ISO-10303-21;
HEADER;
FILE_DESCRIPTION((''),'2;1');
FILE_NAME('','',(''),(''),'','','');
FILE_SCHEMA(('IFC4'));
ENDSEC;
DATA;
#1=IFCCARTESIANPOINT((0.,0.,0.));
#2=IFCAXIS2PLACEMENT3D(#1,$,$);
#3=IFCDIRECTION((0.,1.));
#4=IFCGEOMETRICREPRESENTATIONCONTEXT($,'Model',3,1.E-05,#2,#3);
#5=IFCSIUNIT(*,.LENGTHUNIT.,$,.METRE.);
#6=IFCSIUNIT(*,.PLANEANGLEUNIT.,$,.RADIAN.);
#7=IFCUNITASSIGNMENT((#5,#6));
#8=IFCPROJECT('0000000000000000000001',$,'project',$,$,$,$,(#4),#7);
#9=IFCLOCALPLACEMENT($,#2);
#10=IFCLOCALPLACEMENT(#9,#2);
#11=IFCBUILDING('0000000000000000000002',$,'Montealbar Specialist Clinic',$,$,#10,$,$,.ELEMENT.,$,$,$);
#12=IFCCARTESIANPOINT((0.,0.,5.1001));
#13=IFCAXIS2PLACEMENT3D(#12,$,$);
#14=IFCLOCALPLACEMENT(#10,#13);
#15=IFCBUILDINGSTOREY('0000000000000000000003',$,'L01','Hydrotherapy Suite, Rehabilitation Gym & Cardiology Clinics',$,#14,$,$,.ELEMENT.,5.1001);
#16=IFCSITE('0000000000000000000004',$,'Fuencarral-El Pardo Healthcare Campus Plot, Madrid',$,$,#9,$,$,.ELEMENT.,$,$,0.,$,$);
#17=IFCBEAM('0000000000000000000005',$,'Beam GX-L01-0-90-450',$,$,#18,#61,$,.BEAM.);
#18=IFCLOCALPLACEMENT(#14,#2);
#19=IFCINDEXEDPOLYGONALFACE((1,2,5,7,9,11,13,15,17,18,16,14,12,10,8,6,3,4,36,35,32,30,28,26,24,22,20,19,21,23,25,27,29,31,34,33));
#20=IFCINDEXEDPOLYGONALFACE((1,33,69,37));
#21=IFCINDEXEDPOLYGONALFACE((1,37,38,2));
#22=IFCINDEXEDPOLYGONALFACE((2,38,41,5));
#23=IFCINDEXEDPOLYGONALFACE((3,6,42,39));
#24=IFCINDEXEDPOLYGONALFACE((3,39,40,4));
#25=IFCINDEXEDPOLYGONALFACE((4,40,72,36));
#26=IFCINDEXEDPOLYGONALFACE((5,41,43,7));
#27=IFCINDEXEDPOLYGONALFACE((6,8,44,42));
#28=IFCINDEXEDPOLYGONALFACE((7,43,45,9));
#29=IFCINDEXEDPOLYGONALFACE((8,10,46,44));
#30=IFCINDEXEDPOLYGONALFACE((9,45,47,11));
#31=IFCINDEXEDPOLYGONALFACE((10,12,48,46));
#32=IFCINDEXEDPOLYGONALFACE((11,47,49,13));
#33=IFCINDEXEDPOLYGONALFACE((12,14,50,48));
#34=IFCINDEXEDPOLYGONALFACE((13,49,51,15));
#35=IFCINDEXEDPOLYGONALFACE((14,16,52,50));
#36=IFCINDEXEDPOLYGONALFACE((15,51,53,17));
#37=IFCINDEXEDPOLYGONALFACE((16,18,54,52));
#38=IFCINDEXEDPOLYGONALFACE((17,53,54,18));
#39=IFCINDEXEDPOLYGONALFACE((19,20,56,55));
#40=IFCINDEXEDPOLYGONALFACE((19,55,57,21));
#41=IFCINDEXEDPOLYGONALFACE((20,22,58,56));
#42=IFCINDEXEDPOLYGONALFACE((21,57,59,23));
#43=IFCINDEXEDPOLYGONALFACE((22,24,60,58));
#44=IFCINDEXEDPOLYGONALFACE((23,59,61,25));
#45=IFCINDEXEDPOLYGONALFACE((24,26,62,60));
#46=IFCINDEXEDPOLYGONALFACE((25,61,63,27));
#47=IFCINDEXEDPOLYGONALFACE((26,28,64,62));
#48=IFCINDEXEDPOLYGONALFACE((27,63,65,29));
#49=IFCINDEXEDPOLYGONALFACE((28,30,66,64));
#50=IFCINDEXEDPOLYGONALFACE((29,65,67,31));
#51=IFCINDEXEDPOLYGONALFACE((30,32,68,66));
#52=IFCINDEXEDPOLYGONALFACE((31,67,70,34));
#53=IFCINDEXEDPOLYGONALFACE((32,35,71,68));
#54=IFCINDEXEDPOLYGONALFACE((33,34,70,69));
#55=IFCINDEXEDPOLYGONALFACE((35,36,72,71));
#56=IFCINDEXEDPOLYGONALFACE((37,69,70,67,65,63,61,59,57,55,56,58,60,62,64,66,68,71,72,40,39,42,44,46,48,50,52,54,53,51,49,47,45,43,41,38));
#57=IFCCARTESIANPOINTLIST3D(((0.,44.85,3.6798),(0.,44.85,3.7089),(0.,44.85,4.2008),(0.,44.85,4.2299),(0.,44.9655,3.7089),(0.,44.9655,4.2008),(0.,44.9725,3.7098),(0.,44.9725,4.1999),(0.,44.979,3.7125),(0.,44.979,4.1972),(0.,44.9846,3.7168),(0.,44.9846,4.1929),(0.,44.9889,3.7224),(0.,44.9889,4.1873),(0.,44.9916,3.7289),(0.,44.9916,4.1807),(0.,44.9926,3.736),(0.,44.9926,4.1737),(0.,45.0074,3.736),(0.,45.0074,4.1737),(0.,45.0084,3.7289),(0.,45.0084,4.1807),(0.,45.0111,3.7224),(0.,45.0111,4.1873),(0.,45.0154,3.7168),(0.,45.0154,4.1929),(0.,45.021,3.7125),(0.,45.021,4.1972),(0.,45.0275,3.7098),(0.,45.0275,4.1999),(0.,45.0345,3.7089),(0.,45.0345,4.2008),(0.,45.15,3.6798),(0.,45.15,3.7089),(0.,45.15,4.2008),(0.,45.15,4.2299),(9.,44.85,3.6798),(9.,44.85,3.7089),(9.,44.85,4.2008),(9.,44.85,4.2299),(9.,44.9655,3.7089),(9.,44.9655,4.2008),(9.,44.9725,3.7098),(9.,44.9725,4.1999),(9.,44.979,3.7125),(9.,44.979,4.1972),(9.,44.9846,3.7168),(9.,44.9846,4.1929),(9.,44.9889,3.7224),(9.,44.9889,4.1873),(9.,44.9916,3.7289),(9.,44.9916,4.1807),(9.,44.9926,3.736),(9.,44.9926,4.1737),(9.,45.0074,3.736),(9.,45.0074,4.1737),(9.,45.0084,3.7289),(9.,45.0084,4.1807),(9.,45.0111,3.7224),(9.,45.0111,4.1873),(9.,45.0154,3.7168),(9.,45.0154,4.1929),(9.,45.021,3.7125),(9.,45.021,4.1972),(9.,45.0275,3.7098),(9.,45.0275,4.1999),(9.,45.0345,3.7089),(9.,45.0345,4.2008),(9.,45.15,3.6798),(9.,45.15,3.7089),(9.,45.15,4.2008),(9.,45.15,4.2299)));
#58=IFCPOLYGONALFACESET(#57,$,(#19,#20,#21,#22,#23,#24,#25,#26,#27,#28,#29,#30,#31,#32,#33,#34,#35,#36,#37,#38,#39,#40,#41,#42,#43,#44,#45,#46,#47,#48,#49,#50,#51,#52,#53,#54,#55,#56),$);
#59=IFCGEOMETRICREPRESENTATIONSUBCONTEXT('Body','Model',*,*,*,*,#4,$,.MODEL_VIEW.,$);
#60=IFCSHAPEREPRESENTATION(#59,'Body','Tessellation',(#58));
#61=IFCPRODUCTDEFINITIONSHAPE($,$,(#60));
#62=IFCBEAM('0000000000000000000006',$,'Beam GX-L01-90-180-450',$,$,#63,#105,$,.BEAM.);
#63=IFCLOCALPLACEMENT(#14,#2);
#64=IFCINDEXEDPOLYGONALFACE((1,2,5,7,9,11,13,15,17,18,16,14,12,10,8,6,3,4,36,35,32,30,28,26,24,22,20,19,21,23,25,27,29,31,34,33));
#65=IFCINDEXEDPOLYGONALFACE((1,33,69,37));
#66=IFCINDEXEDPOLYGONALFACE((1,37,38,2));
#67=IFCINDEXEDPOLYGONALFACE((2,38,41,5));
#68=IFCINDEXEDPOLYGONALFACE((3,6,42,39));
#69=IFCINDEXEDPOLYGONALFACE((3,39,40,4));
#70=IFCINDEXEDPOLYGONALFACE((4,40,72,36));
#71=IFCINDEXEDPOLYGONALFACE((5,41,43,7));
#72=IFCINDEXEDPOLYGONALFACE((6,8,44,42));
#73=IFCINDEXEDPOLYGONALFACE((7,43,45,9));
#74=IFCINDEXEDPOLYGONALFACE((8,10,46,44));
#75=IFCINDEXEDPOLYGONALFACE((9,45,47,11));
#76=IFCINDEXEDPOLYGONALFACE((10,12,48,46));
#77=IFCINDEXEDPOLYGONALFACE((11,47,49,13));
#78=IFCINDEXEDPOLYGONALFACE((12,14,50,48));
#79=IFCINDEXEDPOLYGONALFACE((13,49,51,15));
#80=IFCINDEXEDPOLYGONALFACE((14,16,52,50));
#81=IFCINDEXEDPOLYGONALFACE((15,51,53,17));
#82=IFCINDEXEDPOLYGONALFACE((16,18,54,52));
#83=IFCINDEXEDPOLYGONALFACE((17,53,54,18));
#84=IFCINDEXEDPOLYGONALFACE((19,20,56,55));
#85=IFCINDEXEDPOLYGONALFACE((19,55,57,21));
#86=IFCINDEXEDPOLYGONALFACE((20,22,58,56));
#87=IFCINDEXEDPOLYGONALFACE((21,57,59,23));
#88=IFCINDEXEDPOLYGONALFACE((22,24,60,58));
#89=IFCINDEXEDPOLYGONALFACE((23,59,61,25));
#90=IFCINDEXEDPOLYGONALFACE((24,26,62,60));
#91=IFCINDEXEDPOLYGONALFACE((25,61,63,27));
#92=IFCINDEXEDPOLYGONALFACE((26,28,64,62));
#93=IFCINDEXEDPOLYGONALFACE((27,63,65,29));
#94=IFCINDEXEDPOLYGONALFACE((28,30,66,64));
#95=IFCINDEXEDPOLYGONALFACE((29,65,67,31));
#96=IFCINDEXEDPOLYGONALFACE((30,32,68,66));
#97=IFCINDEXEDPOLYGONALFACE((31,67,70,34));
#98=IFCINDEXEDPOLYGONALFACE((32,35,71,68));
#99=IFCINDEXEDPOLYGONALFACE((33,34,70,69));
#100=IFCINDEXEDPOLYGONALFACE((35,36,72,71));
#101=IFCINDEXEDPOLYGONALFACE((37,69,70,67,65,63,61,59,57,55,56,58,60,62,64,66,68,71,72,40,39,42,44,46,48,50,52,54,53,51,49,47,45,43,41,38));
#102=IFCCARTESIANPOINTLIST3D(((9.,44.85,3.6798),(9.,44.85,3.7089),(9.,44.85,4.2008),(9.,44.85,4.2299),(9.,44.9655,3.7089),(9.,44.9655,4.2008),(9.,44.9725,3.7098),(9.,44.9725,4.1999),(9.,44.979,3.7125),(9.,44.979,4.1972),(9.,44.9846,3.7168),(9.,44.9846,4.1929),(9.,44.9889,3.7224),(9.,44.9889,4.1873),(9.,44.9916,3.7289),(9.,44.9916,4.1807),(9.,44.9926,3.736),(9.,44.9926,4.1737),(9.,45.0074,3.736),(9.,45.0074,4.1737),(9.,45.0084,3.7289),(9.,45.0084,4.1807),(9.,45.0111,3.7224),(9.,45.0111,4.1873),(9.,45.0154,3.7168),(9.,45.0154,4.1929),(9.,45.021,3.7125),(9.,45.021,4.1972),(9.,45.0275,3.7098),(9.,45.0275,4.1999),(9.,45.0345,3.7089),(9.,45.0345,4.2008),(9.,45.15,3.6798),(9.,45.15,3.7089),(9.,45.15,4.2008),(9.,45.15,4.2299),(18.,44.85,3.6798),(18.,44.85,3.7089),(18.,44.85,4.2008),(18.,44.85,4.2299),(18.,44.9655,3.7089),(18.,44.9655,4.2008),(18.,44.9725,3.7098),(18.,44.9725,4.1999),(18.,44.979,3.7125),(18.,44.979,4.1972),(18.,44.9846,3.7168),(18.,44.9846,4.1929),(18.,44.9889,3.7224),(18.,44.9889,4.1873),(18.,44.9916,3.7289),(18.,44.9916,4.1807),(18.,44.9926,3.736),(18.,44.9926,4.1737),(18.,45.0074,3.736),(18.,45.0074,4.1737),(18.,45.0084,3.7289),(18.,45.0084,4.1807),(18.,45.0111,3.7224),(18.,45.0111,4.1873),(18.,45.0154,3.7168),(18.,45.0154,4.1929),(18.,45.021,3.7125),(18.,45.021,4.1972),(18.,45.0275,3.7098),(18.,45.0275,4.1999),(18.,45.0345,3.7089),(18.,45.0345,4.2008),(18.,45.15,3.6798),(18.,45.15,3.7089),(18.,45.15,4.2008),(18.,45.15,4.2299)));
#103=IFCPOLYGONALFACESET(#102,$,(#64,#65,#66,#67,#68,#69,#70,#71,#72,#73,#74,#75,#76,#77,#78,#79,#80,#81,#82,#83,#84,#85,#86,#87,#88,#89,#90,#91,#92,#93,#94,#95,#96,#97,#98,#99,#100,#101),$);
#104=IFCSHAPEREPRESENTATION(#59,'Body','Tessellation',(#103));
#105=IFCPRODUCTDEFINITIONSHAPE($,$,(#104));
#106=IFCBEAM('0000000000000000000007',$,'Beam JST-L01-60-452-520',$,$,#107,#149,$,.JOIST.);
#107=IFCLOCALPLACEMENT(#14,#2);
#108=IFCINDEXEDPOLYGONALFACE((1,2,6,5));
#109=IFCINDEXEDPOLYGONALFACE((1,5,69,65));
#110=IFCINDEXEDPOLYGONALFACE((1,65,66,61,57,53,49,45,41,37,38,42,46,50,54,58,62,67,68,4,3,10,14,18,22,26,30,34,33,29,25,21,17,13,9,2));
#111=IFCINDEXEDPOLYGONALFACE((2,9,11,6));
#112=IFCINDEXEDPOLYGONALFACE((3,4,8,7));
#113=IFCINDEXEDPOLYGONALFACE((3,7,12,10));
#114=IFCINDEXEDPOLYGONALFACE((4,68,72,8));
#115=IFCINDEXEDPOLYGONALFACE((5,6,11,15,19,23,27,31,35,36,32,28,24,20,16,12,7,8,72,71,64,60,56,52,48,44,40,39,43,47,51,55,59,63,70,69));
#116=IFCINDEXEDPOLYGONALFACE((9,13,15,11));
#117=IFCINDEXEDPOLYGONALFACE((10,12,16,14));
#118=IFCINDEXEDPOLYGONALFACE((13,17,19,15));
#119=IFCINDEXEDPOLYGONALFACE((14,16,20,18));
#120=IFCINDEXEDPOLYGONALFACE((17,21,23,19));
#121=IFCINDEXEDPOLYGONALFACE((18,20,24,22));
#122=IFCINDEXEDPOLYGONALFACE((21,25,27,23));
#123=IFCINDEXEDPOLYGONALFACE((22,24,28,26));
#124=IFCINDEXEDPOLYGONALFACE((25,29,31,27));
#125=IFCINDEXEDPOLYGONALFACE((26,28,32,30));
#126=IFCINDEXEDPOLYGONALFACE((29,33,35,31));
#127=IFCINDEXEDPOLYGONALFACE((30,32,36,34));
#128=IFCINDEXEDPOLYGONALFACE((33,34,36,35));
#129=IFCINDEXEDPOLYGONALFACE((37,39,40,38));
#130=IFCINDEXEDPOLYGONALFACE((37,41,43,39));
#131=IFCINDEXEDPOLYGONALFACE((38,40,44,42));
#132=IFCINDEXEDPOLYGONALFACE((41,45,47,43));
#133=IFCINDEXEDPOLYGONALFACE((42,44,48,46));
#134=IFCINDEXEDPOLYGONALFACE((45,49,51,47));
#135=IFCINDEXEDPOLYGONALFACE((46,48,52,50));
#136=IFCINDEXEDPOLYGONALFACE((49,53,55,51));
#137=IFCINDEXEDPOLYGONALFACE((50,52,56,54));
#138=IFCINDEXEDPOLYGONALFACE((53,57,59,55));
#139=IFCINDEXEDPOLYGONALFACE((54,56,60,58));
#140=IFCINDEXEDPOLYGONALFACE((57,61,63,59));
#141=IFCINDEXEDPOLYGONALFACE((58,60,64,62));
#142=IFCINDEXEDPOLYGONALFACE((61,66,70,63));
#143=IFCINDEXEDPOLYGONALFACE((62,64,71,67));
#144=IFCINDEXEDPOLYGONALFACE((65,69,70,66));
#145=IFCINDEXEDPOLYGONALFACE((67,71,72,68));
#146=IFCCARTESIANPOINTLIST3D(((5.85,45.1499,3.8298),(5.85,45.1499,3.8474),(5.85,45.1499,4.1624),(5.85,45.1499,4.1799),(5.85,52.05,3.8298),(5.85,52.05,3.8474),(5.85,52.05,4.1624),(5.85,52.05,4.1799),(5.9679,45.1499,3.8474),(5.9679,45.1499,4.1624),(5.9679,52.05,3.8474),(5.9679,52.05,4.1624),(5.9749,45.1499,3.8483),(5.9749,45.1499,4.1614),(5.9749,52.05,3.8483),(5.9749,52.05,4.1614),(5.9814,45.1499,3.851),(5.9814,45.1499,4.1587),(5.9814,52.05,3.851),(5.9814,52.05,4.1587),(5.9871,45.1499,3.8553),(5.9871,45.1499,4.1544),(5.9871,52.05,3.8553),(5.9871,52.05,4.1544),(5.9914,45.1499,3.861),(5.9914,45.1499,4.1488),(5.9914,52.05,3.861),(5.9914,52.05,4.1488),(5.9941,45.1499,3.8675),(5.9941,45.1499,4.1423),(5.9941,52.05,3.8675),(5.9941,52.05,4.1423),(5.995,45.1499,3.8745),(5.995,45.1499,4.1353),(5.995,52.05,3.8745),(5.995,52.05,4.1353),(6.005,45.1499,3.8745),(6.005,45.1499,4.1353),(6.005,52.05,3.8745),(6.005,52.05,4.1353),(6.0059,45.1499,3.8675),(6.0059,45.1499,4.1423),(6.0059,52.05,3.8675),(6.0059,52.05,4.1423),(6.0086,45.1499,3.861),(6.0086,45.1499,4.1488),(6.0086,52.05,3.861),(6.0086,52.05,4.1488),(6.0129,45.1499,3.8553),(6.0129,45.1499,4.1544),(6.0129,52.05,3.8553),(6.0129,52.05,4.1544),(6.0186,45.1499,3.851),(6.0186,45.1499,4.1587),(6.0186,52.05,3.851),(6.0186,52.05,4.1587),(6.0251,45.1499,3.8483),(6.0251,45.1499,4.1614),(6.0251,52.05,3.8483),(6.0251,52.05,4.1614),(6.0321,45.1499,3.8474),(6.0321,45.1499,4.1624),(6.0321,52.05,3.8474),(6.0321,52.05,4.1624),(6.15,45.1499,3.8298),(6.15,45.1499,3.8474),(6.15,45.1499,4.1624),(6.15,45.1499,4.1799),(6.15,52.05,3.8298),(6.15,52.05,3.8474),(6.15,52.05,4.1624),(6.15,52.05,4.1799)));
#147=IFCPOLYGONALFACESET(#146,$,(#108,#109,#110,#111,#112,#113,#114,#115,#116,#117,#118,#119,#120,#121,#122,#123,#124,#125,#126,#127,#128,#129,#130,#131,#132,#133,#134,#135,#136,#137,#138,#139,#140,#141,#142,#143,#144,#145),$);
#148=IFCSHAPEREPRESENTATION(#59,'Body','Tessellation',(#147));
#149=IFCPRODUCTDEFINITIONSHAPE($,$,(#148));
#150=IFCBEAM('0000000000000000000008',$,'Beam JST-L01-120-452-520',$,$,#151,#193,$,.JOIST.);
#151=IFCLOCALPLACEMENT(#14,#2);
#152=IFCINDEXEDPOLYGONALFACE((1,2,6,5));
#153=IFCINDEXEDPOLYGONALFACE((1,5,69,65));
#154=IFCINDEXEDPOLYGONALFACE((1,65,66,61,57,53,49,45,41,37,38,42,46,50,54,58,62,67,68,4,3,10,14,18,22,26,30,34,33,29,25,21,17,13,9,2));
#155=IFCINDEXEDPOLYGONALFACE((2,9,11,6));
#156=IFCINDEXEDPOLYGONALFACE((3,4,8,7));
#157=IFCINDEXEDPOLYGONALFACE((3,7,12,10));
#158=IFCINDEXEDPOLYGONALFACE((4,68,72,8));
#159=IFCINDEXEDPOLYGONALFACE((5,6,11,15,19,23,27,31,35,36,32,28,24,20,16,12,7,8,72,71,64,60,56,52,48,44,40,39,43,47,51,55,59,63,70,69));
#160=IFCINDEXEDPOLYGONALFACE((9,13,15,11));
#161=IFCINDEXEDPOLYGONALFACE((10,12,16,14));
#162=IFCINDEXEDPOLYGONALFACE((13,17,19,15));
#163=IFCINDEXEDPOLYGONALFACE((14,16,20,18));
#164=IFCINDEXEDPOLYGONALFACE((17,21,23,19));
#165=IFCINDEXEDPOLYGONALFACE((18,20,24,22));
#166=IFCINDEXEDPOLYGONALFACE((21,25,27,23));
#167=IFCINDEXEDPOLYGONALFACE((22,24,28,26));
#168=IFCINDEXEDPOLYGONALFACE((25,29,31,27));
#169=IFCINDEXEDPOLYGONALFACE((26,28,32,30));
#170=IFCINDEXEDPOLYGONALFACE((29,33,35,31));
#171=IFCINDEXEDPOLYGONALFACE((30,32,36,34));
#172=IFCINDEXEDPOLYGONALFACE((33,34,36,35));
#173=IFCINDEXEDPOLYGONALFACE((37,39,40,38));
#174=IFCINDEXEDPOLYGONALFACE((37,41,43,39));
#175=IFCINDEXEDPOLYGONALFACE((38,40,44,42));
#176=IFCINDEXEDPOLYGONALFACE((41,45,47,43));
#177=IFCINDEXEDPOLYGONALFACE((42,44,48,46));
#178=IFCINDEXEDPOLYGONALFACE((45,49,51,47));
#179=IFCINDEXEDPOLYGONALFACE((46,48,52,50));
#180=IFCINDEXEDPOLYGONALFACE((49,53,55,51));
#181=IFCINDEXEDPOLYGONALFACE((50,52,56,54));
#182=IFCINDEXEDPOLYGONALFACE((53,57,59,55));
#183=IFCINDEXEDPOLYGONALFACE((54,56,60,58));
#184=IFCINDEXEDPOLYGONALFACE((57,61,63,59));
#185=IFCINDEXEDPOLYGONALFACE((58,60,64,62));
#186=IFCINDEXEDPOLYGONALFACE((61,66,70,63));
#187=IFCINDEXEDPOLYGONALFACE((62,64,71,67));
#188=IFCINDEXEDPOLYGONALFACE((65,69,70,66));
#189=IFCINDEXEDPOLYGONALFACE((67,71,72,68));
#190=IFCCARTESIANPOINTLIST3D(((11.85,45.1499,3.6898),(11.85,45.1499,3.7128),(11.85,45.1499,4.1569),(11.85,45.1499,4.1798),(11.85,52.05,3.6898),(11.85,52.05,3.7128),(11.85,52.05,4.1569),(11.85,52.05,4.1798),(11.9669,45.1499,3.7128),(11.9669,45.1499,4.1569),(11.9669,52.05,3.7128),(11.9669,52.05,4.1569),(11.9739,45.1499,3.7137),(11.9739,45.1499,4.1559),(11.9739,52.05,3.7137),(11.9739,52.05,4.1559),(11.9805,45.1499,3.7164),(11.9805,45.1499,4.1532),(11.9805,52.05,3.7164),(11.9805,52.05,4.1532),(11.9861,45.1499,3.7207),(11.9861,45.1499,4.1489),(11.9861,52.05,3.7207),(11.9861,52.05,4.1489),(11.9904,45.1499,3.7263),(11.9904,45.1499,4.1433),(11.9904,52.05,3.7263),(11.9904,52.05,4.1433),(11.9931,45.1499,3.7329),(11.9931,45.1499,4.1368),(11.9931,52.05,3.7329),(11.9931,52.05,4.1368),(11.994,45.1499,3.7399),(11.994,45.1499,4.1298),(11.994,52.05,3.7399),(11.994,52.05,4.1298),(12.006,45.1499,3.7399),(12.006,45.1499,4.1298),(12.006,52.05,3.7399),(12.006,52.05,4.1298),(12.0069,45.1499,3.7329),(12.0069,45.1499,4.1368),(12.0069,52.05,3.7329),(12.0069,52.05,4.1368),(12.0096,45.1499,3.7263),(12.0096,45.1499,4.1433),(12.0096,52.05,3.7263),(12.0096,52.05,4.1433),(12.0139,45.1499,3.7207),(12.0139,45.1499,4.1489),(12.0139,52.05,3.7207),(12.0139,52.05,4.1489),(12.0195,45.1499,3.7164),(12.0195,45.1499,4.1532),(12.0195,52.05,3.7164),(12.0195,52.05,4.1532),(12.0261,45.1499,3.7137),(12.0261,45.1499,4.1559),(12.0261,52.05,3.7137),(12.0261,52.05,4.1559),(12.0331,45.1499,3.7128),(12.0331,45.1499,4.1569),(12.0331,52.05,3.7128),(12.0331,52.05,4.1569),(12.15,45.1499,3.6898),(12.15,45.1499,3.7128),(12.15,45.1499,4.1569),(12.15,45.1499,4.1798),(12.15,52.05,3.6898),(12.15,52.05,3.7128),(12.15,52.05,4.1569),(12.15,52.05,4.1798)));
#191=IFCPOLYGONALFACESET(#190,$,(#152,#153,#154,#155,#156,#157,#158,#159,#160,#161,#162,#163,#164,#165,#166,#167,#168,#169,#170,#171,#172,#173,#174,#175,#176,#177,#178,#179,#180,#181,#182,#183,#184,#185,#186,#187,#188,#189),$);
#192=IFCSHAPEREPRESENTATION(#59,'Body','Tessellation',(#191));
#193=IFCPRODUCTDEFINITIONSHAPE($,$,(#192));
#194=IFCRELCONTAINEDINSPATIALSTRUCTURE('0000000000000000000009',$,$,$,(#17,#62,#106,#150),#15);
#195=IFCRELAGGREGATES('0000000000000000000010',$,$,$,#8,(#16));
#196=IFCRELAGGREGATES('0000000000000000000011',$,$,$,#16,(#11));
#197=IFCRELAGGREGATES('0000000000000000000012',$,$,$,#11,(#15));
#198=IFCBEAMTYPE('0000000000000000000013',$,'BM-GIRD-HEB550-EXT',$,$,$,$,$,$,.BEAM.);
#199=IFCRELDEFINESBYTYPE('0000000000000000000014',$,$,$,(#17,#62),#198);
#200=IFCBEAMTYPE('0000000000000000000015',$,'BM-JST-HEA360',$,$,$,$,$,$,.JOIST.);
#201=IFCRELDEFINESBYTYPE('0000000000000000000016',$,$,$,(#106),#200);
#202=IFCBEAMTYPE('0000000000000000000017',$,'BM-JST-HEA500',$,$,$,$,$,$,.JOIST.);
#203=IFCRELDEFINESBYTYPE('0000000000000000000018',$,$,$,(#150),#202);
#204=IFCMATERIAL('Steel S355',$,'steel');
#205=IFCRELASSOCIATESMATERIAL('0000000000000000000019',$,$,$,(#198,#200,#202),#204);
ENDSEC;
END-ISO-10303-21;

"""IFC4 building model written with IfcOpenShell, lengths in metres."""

from ifc_helpers import new_model, si_unit, direction, frame, origin, origin_2d, place, context, subcontext, project, spatial, i_section, extrude, material, material_profile, profile_set, type_object, element, save


model = new_model("IFC4")

# Units and contexts
model_context = context("Model", 3, precision=1e-05, world=origin(), true_north=direction((0.0, 1.0)))
body_context = subcontext(model_context, "Body", "Model", "MODEL_VIEW")
ifc_project = project(units=[si_unit("LENGTHUNIT", "METRE"), si_unit("PLANEANGLEUNIT", "RADIAN")], contexts=[model_context])

# Site, building, storey
site_placement = place(None, origin())
site = spatial("IfcSite", under=ifc_project, at=site_placement, Name="Fuencarral-El Pardo Healthcare Campus Plot, Madrid", CompositionType="ELEMENT", RefElevation=0.0)
building_placement = place(site_placement, origin())
building = spatial("IfcBuilding", under=site, at=building_placement, Name="Montealbar Specialist Clinic", CompositionType="ELEMENT")
storey_placement = place(building_placement, frame((0.0, 0.0, 5.1001)))
storey = spatial("IfcBuildingStorey", under=building, at=storey_placement, Name="L01", Description="Hydrotherapy Suite, Rehabilitation Gym & Cardiology Clinics", CompositionType="ELEMENT", Elevation=5.1001)

# Beams
ifc_material_1 = material(Name="Steel S355", Category="steel")
ifc_material_profile_1 = material_profile(ifc_material_1, i_section(OverallWidth=0.3, OverallDepth=0.55, WebThickness=0.0149, FlangeThickness=0.0291, FilletRadius=0.0271, at=origin_2d()), Name="HEB 550", Category="steel")
ifc_profile_set_1 = profile_set([ifc_material_profile_1], Name="Steel S355")
beam_type_1 = type_object("IfcBeamType", Name="BM-GIRD-HEB550-EXT", PredefinedType="BEAM", material=ifc_profile_set_1)
for number, where, z_axis, x_axis, name in (
    (1, (0.0, 45.0, 3.9548), (1.0, 0.0, 0.0), (0.0, 1.0, 0.0), "Beam GX-L01-0-90-450"),
    (2, (9.0, 45.0, 3.9548), (1.0, 0.0, 0.0), (0.0, 1.0, 0.0), "Beam GX-L01-90-180-450"),
):
    element("IfcBeam", number, at=place(storey_placement, frame(where, z_axis=z_axis, x_axis=x_axis)), inside=storey, type_object=beam_type_1, Name=name, PredefinedType="BEAM", context=body_context, shape_type="SweptSolid", body=[
        extrude(i_section(OverallWidth=0.3, OverallDepth=0.55, WebThickness=0.0149, FlangeThickness=0.0291, FilletRadius=0.0271, at=origin_2d()), origin(), (0.0, 0.0, 1.0), 9.0),
    ])
ifc_material_profile_2 = material_profile(ifc_material_1, i_section(OverallWidth=0.3, OverallDepth=0.3501, WebThickness=0.01, FlangeThickness=0.0176, FilletRadius=0.0271, at=origin_2d()), Name="HEA 360", Category="steel")
ifc_profile_set_2 = profile_set([ifc_material_profile_2], Name="Steel S355")
beam_type_2 = type_object("IfcBeamType", Name="BM-JST-HEA360", PredefinedType="JOIST", material=ifc_profile_set_2)
beam_1_placement = place(storey_placement, frame((6.0, 45.1499, 4.0049), z_axis=(0.0, 1.0, 0.0), x_axis=(-1.0, 0.0, 0.0)))
element("IfcBeam", 3, at=beam_1_placement, inside=storey, type_object=beam_type_2, Name="Beam JST-L01-60-452-520", PredefinedType="JOIST", context=body_context, shape_type="SweptSolid", body=[
    extrude(i_section(OverallWidth=0.3, OverallDepth=0.3501, WebThickness=0.01, FlangeThickness=0.0176, FilletRadius=0.0271, at=origin_2d()), origin(), (0.0, 0.0, 1.0), 6.9001),
])
ifc_material_profile_3 = material_profile(ifc_material_1, i_section(OverallWidth=0.3, OverallDepth=0.49, WebThickness=0.012, FlangeThickness=0.0229, FilletRadius=0.0271, at=origin_2d()), Name="HEA 500", Category="steel")
ifc_profile_set_3 = profile_set([ifc_material_profile_3], Name="Steel S355")
beam_type_3 = type_object("IfcBeamType", Name="BM-JST-HEA500", PredefinedType="JOIST", material=ifc_profile_set_3)
beam_2_placement = place(storey_placement, frame((12.0, 45.1499, 3.9348), z_axis=(0.0, 1.0, 0.0), x_axis=(-1.0, 0.0, 0.0)))
element("IfcBeam", 4, at=beam_2_placement, inside=storey, type_object=beam_type_3, Name="Beam JST-L01-120-452-520", PredefinedType="JOIST", context=body_context, shape_type="SweptSolid", body=[
    extrude(i_section(OverallWidth=0.3, OverallDepth=0.49, WebThickness=0.012, FlangeThickness=0.0229, FilletRadius=0.0271, at=origin_2d()), origin(), (0.0, 0.0, 1.0), 6.9001),
])

save(model, "model.ifc")
